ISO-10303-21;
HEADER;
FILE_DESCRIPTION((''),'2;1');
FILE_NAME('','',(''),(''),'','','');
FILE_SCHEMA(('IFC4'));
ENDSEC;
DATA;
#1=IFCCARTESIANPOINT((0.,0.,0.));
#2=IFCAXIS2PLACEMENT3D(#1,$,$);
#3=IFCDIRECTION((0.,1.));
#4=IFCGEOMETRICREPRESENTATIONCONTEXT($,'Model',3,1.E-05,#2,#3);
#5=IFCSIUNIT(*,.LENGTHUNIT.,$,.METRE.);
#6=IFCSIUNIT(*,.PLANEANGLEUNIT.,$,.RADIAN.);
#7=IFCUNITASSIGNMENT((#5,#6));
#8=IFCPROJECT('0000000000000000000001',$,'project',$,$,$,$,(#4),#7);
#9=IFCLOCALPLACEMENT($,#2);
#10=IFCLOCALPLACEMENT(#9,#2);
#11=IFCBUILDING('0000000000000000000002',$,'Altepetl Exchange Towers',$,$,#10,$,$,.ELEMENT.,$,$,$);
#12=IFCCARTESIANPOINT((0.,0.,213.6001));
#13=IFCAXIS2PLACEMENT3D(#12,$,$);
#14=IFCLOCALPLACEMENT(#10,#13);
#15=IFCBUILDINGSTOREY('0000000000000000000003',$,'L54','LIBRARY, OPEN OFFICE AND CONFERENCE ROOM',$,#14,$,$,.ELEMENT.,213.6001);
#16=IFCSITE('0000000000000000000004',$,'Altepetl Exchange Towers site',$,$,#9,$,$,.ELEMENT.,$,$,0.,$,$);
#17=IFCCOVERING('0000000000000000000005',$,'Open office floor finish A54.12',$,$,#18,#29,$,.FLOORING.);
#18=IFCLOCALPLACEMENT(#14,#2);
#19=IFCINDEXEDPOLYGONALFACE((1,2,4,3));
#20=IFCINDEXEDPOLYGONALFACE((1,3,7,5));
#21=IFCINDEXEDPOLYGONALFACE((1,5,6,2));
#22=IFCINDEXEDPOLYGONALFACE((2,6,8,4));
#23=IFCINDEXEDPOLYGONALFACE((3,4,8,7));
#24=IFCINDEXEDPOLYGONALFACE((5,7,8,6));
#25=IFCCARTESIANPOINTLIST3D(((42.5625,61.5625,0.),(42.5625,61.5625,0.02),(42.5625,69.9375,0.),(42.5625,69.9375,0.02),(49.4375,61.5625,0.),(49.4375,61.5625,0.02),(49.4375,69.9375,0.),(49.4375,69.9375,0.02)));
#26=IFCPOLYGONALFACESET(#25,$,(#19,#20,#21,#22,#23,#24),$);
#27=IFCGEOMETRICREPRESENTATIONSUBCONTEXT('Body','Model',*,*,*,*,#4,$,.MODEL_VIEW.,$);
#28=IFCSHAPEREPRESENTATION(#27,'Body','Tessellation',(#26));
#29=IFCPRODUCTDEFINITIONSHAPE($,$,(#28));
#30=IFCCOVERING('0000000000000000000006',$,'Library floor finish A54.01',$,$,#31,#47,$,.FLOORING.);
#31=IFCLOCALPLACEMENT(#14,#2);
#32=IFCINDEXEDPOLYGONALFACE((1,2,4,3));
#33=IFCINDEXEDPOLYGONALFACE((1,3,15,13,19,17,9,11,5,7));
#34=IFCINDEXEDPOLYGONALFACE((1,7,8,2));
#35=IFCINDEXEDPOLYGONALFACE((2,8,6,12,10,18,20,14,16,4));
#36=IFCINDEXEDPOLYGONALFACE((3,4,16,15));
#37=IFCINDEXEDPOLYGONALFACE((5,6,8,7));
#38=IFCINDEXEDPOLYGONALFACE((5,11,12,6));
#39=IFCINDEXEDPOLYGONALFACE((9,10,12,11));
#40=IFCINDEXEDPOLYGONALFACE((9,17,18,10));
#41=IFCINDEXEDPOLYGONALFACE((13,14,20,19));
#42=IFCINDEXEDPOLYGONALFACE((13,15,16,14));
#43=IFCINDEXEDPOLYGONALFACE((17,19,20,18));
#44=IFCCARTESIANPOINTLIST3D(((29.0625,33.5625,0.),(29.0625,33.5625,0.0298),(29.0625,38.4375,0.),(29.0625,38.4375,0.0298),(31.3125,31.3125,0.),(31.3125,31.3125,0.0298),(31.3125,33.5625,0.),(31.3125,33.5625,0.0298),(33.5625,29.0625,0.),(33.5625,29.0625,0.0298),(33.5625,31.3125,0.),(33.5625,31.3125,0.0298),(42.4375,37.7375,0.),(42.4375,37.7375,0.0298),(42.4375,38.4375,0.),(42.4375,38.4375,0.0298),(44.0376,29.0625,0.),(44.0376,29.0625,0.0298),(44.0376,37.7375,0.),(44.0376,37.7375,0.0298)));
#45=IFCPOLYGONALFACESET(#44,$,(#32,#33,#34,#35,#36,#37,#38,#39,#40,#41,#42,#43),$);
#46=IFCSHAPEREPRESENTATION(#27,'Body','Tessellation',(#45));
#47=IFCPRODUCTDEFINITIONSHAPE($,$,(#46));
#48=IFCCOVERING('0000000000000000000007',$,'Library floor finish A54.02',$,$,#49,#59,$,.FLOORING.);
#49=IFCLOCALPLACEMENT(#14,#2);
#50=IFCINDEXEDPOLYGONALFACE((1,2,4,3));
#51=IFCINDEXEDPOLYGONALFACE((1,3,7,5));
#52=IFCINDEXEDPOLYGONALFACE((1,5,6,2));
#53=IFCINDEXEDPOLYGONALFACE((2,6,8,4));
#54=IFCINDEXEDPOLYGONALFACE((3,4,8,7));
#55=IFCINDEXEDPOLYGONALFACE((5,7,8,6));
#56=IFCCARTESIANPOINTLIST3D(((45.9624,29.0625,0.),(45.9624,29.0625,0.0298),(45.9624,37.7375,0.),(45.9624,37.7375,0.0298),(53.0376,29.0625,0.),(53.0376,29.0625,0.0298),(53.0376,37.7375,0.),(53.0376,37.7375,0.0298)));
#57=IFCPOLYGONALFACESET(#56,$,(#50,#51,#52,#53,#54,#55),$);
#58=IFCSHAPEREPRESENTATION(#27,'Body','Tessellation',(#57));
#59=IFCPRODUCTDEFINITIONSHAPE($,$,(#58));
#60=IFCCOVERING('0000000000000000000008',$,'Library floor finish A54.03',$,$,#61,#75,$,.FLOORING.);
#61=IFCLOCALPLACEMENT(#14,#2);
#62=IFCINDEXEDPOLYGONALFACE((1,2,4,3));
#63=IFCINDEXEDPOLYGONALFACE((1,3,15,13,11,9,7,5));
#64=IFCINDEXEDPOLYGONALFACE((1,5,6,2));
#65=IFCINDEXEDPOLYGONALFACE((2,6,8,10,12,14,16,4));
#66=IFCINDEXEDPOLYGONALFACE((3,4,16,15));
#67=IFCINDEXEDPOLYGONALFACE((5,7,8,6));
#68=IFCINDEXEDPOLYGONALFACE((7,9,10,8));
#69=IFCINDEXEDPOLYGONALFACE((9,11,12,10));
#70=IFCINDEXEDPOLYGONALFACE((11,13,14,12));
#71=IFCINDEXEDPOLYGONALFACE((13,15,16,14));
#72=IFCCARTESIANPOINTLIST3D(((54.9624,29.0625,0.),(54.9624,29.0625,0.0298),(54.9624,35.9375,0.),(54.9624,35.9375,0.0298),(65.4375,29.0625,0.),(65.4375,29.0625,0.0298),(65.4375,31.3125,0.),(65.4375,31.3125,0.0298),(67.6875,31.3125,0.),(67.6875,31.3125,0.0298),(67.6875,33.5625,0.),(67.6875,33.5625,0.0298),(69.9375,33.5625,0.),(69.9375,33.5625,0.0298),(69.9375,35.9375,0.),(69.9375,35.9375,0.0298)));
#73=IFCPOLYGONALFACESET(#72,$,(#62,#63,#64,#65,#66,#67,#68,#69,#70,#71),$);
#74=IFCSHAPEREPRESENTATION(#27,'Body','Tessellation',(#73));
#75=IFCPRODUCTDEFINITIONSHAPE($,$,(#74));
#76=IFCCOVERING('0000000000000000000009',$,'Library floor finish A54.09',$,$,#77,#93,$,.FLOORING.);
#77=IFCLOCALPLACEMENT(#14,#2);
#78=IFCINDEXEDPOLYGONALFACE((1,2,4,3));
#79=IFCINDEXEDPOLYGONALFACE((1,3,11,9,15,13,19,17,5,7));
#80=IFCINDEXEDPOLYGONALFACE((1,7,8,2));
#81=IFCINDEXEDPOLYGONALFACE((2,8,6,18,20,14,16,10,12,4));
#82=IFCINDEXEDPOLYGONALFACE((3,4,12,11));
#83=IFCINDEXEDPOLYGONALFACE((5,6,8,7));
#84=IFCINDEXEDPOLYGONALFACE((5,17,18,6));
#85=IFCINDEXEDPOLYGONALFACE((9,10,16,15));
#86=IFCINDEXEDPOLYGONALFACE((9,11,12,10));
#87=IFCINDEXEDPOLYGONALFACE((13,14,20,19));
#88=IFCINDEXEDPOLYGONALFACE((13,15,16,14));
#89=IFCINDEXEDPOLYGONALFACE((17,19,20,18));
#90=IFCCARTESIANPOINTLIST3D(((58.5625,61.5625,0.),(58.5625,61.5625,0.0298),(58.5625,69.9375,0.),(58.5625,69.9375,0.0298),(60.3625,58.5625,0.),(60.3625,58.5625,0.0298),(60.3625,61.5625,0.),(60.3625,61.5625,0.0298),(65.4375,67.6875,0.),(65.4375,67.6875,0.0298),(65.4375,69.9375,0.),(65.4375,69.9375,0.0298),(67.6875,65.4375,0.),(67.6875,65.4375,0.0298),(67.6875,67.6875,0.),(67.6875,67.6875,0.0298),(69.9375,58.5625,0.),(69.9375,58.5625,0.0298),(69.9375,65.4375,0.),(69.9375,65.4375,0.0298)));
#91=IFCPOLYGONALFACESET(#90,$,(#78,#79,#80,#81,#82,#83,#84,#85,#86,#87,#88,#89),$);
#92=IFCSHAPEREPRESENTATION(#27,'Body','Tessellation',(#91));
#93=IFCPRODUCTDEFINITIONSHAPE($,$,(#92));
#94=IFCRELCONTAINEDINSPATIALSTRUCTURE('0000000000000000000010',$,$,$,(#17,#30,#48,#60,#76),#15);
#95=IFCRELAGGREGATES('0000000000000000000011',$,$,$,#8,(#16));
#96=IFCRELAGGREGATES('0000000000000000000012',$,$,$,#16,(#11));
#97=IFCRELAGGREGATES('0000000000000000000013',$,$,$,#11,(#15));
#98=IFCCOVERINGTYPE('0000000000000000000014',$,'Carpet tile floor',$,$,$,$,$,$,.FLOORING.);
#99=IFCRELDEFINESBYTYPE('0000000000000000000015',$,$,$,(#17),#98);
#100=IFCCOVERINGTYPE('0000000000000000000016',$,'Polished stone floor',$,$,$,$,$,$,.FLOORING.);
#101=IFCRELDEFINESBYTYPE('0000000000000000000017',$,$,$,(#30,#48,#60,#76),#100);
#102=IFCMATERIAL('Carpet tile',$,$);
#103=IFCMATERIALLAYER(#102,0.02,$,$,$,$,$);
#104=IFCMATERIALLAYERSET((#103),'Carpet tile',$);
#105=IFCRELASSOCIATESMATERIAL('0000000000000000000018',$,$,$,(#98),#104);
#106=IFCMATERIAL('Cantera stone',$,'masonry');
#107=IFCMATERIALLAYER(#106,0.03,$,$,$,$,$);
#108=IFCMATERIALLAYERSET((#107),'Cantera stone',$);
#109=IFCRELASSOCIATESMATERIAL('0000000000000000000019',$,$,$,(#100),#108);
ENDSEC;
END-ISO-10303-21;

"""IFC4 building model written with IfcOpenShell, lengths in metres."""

from ifc_helpers import new_model, si_unit, direction, frame, origin, place, context, subcontext, project, spatial, polyline, outline, extrude, material, layer, layer_set, type_object, element, save


model = new_model("IFC4")

# Units and contexts
model_context = context("Model", 3, precision=1e-05, world=origin(), true_north=direction((0.0, 1.0)))
body_context = subcontext(model_context, "Body", "Model", "MODEL_VIEW")
ifc_project = project(units=[si_unit("LENGTHUNIT", "METRE"), si_unit("PLANEANGLEUNIT", "RADIAN")], contexts=[model_context])

# Site, building, storey
site_placement = place(None, origin())
site = spatial("IfcSite", under=ifc_project, at=site_placement, Name="Altepetl Exchange Towers site", CompositionType="ELEMENT", RefElevation=0.0)
building_placement = place(site_placement, origin())
building = spatial("IfcBuilding", under=site, at=building_placement, Name="Altepetl Exchange Towers", CompositionType="ELEMENT")
storey_placement = place(building_placement, frame((0.0, 0.0, 213.6001)))
storey = spatial("IfcBuildingStorey", under=building, at=storey_placement, Name="L54", Description="LIBRARY, OPEN OFFICE AND CONFERENCE ROOM", CompositionType="ELEMENT", Elevation=213.6001)

# Coverings
ifc_material_1 = material(Name="Carpet tile")
ifc_layer_1 = layer(ifc_material_1, 0.02)
ifc_layer_set_1 = layer_set([ifc_layer_1], Name="Carpet tile")
covering_type_1 = type_object("IfcCoveringType", Name="Carpet tile floor", PredefinedType="FLOORING", material=ifc_layer_set_1)
covering_1_placement = place(storey_placement, origin())
element("IfcCovering", 1, at=covering_1_placement, inside=storey, type_object=covering_type_1, Name="Open office floor finish A54.12", PredefinedType="FLOORING", context=body_context, shape_type="SweptSolid", body=[
    extrude(outline(polyline([(49.4375, 61.5625), (49.4375, 69.9375), (42.5625, 69.9375), (42.5625, 61.5625), (49.4375, 61.5625)])), origin(), (0.0, 0.0, 1.0), 0.02),
])
ifc_material_2 = material(Name="Cantera stone", Category="masonry")
ifc_layer_2 = layer(ifc_material_2, 0.03)
ifc_layer_set_2 = layer_set([ifc_layer_2], Name="Cantera stone")
covering_type_2 = type_object("IfcCoveringType", Name="Polished stone floor", PredefinedType="FLOORING", material=ifc_layer_set_2)
covering_2_placement = place(storey_placement, origin())
element("IfcCovering", 2, at=covering_2_placement, inside=storey, type_object=covering_type_2, Name="Library floor finish A54.01", PredefinedType="FLOORING", context=body_context, shape_type="SweptSolid", body=[
    extrude(outline(polyline([(31.3125, 33.5625), (31.3125, 31.3125), (33.5625, 31.3125), (33.5625, 29.0625), (44.0376, 29.0625), (44.0376, 37.7375), (42.4375, 37.7375), (42.4375, 38.4375), (29.0625, 38.4375), (29.0625, 33.5625), (31.3125, 33.5625)])), origin(), (0.0, 0.0, 1.0), 0.0298),
])
covering_3_placement = place(storey_placement, origin())
element("IfcCovering", 3, at=covering_3_placement, inside=storey, type_object=covering_type_2, Name="Library floor finish A54.02", PredefinedType="FLOORING", context=body_context, shape_type="SweptSolid", body=[
    extrude(outline(polyline([(45.9624, 37.7375), (45.9624, 29.0625), (53.0376, 29.0625), (53.0376, 37.7375), (45.9624, 37.7375)])), origin(), (0.0, 0.0, 1.0), 0.0298),
])
covering_4_placement = place(storey_placement, origin())
element("IfcCovering", 4, at=covering_4_placement, inside=storey, type_object=covering_type_2, Name="Library floor finish A54.03", PredefinedType="FLOORING", context=body_context, shape_type="SweptSolid", body=[
    extrude(outline(polyline([(69.9375, 35.9375), (54.9624, 35.9375), (54.9624, 29.0625), (65.4375, 29.0625), (65.4375, 31.3125), (67.6875, 31.3125), (67.6875, 33.5625), (69.9375, 33.5625), (69.9375, 35.9375)])), origin(), (0.0, 0.0, 1.0), 0.0298),
])
covering_5_placement = place(storey_placement, origin())
element("IfcCovering", 5, at=covering_5_placement, inside=storey, type_object=covering_type_2, Name="Library floor finish A54.09", PredefinedType="FLOORING", context=body_context, shape_type="SweptSolid", body=[
    extrude(outline(polyline([(67.6875, 67.6875), (65.4375, 67.6875), (65.4375, 69.9375), (58.5625, 69.9375), (58.5625, 61.5625), (60.3625, 61.5625), (60.3625, 58.5625), (69.9375, 58.5625), (69.9375, 65.4375), (67.6875, 65.4375), (67.6875, 67.6875)])), origin(), (0.0, 0.0, 1.0), 0.0298),
])

save(model, "model.ifc")
